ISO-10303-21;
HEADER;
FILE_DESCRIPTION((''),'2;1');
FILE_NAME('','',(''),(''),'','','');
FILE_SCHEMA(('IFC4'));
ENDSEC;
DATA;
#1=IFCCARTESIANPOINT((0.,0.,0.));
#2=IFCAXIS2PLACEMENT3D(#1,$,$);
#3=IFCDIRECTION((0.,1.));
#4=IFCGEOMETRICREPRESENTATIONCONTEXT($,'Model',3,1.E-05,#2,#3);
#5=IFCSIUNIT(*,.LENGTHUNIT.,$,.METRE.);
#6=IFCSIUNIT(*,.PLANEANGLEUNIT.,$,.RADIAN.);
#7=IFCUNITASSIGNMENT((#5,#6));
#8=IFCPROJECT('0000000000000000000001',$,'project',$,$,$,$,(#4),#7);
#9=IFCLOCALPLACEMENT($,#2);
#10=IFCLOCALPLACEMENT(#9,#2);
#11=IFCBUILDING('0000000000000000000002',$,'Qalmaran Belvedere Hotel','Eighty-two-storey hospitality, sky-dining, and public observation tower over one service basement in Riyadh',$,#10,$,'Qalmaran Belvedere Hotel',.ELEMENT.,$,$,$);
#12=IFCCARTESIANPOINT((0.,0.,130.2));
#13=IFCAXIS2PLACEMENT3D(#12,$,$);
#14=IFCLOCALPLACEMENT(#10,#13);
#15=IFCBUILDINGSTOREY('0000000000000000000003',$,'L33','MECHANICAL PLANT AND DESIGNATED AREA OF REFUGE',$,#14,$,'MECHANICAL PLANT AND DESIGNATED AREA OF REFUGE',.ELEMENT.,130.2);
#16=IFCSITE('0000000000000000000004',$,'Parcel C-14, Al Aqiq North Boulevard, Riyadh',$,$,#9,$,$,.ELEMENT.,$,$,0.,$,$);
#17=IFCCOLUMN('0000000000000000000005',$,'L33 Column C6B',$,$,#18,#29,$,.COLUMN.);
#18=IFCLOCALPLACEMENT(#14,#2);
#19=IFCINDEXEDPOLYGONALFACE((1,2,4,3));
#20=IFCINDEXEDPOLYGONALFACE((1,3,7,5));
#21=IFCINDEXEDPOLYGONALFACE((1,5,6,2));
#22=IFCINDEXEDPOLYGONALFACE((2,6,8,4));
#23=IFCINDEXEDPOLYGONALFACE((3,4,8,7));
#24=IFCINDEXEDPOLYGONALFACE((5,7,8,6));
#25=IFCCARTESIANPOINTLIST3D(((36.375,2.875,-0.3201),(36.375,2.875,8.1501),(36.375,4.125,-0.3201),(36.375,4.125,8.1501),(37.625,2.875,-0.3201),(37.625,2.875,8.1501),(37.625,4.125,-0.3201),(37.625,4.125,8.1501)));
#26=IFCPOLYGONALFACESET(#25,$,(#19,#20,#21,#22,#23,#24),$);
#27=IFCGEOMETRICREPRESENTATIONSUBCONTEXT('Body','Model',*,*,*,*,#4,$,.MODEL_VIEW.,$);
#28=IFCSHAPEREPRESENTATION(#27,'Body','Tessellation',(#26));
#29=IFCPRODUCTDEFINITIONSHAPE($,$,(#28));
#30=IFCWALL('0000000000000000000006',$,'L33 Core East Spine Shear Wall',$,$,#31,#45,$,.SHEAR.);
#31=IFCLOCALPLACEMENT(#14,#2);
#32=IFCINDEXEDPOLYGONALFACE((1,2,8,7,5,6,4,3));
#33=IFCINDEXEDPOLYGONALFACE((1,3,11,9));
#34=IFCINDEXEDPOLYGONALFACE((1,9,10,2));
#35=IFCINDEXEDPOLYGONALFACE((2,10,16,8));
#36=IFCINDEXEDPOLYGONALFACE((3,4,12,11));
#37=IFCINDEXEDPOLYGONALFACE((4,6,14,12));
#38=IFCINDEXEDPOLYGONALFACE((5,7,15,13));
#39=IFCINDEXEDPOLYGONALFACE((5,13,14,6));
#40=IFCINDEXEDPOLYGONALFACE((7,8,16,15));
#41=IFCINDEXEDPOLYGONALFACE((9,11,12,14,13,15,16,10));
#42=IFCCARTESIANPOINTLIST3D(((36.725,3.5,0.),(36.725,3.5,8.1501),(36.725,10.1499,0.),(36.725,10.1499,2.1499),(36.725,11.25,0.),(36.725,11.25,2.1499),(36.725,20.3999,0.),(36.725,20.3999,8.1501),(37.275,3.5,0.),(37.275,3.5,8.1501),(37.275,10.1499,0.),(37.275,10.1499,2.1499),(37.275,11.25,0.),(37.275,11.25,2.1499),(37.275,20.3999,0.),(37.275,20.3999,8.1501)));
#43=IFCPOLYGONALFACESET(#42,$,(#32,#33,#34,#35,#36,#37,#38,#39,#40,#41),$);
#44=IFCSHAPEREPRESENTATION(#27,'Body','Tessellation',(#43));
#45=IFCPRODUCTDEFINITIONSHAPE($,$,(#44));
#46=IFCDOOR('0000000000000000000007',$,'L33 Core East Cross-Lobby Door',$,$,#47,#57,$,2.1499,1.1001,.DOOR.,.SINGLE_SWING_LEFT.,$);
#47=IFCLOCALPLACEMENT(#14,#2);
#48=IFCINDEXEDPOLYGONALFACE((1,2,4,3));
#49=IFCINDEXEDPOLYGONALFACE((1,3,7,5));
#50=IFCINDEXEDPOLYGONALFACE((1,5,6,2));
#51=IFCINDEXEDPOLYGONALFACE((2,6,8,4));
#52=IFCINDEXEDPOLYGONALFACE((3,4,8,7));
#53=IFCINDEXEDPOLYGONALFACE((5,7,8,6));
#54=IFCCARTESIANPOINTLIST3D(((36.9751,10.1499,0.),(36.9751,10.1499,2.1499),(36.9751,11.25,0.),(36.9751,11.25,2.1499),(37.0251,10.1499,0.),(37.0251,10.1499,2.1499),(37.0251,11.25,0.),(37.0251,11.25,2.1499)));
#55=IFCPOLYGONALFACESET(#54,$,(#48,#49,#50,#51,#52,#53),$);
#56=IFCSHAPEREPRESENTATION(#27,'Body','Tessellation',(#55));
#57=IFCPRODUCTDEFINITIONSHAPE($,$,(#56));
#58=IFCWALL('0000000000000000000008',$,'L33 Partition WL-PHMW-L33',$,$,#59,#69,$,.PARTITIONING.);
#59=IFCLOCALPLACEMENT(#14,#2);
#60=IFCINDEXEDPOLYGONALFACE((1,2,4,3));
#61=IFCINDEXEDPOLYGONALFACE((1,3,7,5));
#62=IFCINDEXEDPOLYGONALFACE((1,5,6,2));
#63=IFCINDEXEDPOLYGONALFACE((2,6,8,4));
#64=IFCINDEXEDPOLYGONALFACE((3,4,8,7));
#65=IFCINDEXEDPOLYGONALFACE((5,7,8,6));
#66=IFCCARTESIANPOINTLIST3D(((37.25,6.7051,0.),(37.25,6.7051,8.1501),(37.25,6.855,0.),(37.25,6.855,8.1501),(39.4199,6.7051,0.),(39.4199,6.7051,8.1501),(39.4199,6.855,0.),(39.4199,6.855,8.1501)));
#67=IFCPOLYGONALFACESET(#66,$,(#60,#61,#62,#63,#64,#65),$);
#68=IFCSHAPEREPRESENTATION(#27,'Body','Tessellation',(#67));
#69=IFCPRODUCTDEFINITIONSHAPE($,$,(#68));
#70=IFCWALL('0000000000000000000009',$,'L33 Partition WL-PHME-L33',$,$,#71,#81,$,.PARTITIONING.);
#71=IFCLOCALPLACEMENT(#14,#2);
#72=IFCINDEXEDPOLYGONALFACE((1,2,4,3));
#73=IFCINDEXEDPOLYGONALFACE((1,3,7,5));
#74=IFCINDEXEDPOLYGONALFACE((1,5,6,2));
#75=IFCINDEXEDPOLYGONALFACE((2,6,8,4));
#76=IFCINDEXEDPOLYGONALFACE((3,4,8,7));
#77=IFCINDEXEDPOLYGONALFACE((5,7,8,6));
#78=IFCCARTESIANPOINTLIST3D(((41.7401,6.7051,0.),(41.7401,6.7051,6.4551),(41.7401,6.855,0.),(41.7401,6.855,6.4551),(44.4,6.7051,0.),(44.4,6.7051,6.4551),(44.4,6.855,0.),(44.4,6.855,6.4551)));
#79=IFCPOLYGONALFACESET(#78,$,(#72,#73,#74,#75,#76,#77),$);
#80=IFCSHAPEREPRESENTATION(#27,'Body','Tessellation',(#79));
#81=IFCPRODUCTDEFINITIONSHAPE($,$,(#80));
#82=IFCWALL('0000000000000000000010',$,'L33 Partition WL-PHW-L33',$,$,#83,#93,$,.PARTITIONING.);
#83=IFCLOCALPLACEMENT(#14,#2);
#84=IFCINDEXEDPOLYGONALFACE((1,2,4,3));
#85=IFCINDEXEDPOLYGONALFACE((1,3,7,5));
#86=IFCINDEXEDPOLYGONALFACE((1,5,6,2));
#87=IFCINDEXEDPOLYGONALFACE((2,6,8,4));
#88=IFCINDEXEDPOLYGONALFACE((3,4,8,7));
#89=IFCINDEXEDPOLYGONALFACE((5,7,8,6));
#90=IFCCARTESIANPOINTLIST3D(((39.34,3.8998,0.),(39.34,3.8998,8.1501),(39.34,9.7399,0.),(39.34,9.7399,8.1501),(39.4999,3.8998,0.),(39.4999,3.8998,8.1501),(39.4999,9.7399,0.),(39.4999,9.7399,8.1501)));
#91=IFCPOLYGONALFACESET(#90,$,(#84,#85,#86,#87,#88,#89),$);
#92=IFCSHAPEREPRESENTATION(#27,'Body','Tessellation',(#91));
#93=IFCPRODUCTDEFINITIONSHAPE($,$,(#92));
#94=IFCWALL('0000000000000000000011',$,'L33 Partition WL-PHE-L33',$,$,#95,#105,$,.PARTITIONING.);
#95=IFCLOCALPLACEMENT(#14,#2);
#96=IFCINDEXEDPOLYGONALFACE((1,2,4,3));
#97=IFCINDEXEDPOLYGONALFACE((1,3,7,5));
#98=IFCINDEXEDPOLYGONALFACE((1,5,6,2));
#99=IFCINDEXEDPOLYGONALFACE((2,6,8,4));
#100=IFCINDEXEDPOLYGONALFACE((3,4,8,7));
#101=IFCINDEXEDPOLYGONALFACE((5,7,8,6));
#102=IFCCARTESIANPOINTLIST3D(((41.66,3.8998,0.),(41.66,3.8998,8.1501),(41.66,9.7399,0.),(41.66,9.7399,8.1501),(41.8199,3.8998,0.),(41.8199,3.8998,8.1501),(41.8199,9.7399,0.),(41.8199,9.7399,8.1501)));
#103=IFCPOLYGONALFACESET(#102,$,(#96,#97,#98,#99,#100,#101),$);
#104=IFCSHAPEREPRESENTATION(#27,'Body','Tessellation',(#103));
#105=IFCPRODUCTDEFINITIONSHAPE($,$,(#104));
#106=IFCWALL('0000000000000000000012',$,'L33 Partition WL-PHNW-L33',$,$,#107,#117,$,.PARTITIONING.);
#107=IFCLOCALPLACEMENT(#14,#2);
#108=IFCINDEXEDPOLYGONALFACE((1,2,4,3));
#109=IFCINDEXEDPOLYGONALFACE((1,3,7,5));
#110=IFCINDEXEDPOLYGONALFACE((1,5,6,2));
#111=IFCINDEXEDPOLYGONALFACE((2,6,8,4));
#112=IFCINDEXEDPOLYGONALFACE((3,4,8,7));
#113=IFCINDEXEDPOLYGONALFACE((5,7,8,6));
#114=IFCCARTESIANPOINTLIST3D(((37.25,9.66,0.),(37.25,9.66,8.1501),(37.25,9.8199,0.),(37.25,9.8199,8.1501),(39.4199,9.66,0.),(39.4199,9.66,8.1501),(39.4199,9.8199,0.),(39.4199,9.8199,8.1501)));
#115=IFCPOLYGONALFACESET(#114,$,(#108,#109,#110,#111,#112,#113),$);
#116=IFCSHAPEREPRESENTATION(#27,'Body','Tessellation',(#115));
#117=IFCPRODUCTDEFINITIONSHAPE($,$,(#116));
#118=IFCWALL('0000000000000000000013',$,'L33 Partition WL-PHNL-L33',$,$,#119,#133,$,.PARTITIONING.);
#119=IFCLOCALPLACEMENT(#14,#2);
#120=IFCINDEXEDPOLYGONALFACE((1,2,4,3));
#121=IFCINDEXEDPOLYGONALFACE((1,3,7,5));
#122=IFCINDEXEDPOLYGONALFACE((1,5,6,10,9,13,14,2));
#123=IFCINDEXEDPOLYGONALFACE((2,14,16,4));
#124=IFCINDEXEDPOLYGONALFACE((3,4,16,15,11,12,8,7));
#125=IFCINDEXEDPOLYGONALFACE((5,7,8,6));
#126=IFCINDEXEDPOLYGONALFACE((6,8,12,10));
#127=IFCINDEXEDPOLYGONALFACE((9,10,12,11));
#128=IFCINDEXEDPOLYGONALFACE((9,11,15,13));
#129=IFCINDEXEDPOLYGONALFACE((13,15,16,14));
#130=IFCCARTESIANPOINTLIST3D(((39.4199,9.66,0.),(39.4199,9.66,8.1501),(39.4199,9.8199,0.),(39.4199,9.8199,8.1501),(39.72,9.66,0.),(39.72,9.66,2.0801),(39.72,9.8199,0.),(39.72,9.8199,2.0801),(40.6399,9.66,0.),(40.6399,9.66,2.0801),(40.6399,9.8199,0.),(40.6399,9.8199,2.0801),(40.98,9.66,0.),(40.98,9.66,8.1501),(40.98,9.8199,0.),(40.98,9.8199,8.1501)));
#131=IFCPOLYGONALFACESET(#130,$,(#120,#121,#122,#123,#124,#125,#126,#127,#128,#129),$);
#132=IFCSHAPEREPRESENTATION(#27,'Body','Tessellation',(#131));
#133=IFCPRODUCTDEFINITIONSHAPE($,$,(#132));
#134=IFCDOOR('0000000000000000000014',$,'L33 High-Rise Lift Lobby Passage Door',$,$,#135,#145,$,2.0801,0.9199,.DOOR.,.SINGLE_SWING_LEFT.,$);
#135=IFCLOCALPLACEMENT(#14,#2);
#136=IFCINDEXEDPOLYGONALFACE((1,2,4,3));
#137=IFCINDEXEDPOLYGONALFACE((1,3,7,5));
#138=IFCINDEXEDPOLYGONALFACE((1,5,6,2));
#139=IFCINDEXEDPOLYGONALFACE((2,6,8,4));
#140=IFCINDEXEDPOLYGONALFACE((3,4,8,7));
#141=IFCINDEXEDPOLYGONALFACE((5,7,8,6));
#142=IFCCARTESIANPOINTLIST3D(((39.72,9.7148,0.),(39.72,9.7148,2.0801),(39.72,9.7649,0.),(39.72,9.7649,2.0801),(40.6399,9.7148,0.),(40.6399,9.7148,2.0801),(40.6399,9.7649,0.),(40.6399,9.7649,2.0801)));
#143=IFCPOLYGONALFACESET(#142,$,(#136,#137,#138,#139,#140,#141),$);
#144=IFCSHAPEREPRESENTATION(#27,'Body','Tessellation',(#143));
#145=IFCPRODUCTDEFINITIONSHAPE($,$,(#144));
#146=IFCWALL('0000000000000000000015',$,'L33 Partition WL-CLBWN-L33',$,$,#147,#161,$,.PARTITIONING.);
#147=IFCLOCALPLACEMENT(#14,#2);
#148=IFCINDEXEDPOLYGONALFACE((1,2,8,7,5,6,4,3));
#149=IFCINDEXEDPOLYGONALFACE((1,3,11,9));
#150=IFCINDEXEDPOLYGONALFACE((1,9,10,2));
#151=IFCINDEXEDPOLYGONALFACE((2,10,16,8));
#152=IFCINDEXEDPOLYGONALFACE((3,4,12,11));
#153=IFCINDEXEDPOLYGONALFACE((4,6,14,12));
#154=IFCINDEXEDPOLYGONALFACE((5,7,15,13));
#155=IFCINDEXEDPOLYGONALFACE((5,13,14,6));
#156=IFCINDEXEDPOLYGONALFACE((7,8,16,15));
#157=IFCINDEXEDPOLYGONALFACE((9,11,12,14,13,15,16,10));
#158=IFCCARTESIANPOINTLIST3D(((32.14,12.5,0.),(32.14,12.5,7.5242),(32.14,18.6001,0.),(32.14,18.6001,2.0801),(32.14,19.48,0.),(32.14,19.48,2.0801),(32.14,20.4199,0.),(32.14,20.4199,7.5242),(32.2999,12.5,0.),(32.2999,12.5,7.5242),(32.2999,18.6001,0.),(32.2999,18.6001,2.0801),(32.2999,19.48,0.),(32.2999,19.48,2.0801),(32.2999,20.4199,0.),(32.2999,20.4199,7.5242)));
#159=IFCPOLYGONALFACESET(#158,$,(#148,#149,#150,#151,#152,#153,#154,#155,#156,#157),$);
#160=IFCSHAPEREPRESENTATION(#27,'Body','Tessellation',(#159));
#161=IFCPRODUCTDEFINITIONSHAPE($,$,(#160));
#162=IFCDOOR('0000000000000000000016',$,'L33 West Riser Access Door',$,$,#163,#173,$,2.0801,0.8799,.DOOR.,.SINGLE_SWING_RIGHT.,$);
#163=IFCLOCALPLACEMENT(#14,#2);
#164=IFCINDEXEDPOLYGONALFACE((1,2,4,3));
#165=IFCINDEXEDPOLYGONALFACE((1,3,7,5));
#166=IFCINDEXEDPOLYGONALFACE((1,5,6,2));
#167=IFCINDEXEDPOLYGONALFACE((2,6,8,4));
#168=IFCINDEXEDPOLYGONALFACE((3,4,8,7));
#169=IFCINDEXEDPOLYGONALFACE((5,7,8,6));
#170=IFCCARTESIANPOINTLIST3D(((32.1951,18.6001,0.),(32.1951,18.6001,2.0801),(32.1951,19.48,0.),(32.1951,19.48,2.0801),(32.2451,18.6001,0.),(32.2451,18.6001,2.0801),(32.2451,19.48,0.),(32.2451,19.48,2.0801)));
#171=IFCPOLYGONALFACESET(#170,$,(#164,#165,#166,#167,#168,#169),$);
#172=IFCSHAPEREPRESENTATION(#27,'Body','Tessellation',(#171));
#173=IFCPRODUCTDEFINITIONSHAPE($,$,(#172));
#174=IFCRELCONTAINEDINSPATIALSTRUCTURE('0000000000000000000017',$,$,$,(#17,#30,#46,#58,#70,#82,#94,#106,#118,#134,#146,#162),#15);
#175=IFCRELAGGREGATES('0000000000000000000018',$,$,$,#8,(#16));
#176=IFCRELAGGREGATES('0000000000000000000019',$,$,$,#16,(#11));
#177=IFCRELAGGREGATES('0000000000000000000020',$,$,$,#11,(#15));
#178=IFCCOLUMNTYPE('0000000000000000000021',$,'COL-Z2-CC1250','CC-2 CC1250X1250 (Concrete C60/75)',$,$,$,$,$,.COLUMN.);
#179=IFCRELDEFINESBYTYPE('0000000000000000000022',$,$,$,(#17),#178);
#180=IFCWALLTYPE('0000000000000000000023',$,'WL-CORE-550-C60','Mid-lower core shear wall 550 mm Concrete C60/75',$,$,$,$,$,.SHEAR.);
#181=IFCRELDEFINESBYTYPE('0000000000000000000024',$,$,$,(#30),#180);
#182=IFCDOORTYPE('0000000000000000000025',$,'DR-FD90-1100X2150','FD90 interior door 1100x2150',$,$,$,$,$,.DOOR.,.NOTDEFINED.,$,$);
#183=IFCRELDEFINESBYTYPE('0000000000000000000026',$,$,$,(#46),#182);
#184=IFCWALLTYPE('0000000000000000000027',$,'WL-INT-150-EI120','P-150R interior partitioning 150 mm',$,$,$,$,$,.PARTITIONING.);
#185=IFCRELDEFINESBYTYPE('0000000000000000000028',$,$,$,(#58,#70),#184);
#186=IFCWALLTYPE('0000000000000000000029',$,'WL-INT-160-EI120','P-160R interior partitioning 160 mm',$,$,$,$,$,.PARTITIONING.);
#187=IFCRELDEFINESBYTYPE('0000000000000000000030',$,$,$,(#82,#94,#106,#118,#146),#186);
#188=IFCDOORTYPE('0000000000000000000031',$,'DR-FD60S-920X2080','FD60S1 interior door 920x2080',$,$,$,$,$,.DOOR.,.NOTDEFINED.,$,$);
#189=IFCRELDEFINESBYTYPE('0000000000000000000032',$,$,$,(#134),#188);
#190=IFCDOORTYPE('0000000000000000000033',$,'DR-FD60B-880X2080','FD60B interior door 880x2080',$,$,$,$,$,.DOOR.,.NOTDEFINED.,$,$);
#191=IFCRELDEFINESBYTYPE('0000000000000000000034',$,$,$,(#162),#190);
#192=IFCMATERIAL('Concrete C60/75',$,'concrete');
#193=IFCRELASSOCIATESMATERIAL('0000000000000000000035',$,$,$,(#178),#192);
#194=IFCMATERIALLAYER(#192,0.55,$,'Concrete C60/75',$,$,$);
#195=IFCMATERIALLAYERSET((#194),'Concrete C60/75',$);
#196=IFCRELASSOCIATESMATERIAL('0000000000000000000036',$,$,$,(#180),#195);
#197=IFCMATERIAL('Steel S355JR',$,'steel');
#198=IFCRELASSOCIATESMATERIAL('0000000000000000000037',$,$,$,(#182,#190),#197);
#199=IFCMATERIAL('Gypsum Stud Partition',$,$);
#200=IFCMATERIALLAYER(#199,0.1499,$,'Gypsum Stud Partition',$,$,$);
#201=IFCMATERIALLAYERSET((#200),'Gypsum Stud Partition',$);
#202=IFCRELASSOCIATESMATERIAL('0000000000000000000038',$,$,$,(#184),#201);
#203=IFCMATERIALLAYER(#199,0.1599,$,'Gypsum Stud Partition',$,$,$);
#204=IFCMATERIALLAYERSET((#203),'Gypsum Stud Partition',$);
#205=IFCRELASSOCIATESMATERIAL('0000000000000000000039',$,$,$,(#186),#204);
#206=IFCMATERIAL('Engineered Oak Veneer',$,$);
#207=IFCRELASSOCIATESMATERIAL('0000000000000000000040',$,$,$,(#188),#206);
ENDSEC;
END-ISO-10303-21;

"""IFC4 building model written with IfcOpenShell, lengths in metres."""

from ifc_helpers import new_model, si_unit, direction, frame, frame_2d, origin, origin_2d, place, context, subcontext, project, spatial, rectangle, extrude, material, layer, layer_set, material_profile, profile_set, type_object, element, fill, save


model = new_model("IFC4")

# Units and contexts
model_context = context("Model", 3, precision=1e-05, world=origin(), true_north=direction((0.0, 1.0)))
body_context = subcontext(model_context, "Body", "Model", "MODEL_VIEW")
ifc_project = project(units=[si_unit("LENGTHUNIT", "METRE"), si_unit("PLANEANGLEUNIT", "RADIAN")], contexts=[model_context])

# Site, building, storey
site_placement = place(None, origin())
site = spatial("IfcSite", under=ifc_project, at=site_placement, Name="Parcel C-14, Al Aqiq North Boulevard, Riyadh", CompositionType="ELEMENT", RefElevation=0.0)
building_placement = place(site_placement, origin())
building = spatial("IfcBuilding", under=site, at=building_placement, Name="Qalmaran Belvedere Hotel", Description="Eighty-two-storey hospitality, sky-dining, and public observation tower over one service basement in Riyadh", LongName="Qalmaran Belvedere Hotel", CompositionType="ELEMENT")
storey_placement = place(building_placement, frame((0.0, 0.0, 130.2)))
storey = spatial("IfcBuildingStorey", under=building, at=storey_placement, Name="L33", Description="MECHANICAL PLANT AND DESIGNATED AREA OF REFUGE", LongName="MECHANICAL PLANT AND DESIGNATED AREA OF REFUGE", CompositionType="ELEMENT", Elevation=130.2)

# Column
ifc_material_1 = material(Name="Concrete C60/75", Category="concrete")
ifc_material_profile = material_profile(ifc_material_1, rectangle(XDim=1.25, YDim=1.25, at=origin_2d()), Name="CC1250X1250")
ifc_profile_set = profile_set([ifc_material_profile], Name="Concrete C60/75")
column_type = type_object("IfcColumnType", Name="COL-Z2-CC1250", Description="CC-2 CC1250X1250 (Concrete C60/75)", PredefinedType="COLUMN", material=ifc_profile_set)
column_placement = place(storey_placement, frame((37.0, 3.5, -0.3201), z_axis=(0.0, 0.0, 1.0), x_axis=(1.0, 0.0, 0.0)))
element("IfcColumn", 1, at=column_placement, inside=storey, type_object=column_type, Name="L33 Column C6B", PredefinedType="COLUMN", context=body_context, shape_type="SweptSolid", body=[
    extrude(rectangle(XDim=1.25, YDim=1.25, at=origin_2d()), origin(), (0.0, 0.0, 1.0), 8.4702),
])

# Wall, opening, door
ifc_layer_1 = layer(ifc_material_1, 0.55, Name="Concrete C60/75")
ifc_layer_set_1 = layer_set([ifc_layer_1], Name="Concrete C60/75")
wall_type_1 = type_object("IfcWallType", Name="WL-CORE-550-C60", Description="Mid-lower core shear wall 550 mm Concrete C60/75", PredefinedType="SHEAR", material=ifc_layer_set_1)
wall_1_placement = place(storey_placement, frame((37.0, 3.5, 0.0), z_axis=(0.0, 0.0, 1.0), x_axis=(0.0, 1.0, 0.0)))
wall_1 = element("IfcWall", 2, at=wall_1_placement, inside=storey, type_object=wall_type_1, Name="L33 Core East Spine Shear Wall", PredefinedType="SHEAR", context=body_context, shape_type="SweptSolid", body=[
    extrude(rectangle(XDim=16.8999, YDim=0.55, at=frame_2d((8.45, 0.0))), origin(), (0.0, 0.0, 1.0), 8.1501),
])
opening_1_placement = place(wall_1_placement, frame((6.6499, 0.0, 0.0)))
opening_1 = element("IfcOpeningElement", 3, at=opening_1_placement, cuts=wall_1, PredefinedType="OPENING", context=body_context, shape_type="SweptSolid", body=[
    extrude(rectangle(XDim=1.1001, YDim=2.1499, at=frame_2d((0.55, 1.075))), frame((0.0, 0.2852, 0.0), z_axis=(0.0, -1.0, 0.0), x_axis=(1.0, 0.0, 0.0)), (0.0, 0.0, 1.0), 0.5701),
])
ifc_material_2 = material(Name="Steel S355JR", Category="steel")
door_type_1 = type_object("IfcDoorType", Name="DR-FD90-1100X2150", Description="FD90 interior door 1100x2150", OperationType="NOTDEFINED", PredefinedType="DOOR", material=ifc_material_2)
door_1_placement = place(opening_1_placement, origin())
door_1 = element("IfcDoor", 4, at=door_1_placement, inside=storey, type_object=door_type_1, Name="L33 Core East Cross-Lobby Door", OperationType="SINGLE_SWING_LEFT", OverallHeight=2.1499, OverallWidth=1.1001, PredefinedType="DOOR", context=body_context, shape_type="SweptSolid", body=[
    extrude(rectangle(XDim=1.1001, YDim=2.1499, at=frame_2d((0.55, 1.075))), frame((0.0, 0.0249, 0.0), z_axis=(0.0, -1.0, 0.0), x_axis=(1.0, 0.0, 0.0)), (0.0, 0.0, 1.0), 0.05),
])
fill(opening_1, door_1)

# Walls
ifc_material_3 = material(Name="Gypsum Stud Partition")
ifc_layer_2 = layer(ifc_material_3, 0.1499, Name="Gypsum Stud Partition")
ifc_layer_set_2 = layer_set([ifc_layer_2], Name="Gypsum Stud Partition")
wall_type_2 = type_object("IfcWallType", Name="WL-INT-150-EI120", Description="P-150R interior partitioning 150 mm", PredefinedType="PARTITIONING", material=ifc_layer_set_2)
wall_2_placement = place(storey_placement, frame((37.25, 6.78, 0.0), z_axis=(0.0, 0.0, 1.0), x_axis=(1.0, 0.0, 0.0)))
element("IfcWall", 5, at=wall_2_placement, inside=storey, type_object=wall_type_2, Name="L33 Partition WL-PHMW-L33", PredefinedType="PARTITIONING", context=body_context, shape_type="SweptSolid", body=[
    extrude(rectangle(XDim=2.1699, YDim=0.1499, at=frame_2d((1.085, 0.0))), origin(), (0.0, 0.0, 1.0), 8.1501),
])
wall_3_placement = place(storey_placement, frame((41.74, 6.78, 0.0), z_axis=(0.0, 0.0, 1.0), x_axis=(1.0, 0.0, 0.0)))
element("IfcWall", 6, at=wall_3_placement, inside=storey, type_object=wall_type_2, Name="L33 Partition WL-PHME-L33", PredefinedType="PARTITIONING", context=body_context, shape_type="SweptSolid", body=[
    extrude(rectangle(XDim=2.6599, YDim=0.1499, at=frame_2d((1.3301, 0.0))), origin(), (0.0, 0.0, 1.0), 6.4551),
])
ifc_layer_3 = layer(ifc_material_3, 0.1599, Name="Gypsum Stud Partition")
ifc_layer_set_3 = layer_set([ifc_layer_3], Name="Gypsum Stud Partition")
wall_type_3 = type_object("IfcWallType", Name="WL-INT-160-EI120", Description="P-160R interior partitioning 160 mm", PredefinedType="PARTITIONING", material=ifc_layer_set_3)
for number, where, z_axis, x_axis, name in (
    (7, (39.4199, 3.8999, 0.0), (0.0, 0.0, 1.0), (0.0, 1.0, 0.0), "L33 Partition WL-PHW-L33"),
    (8, (41.74, 3.8999, 0.0), (0.0, 0.0, 1.0), (0.0, 1.0, 0.0), "L33 Partition WL-PHE-L33"),
):
    element("IfcWall", number, at=place(storey_placement, frame(where, z_axis=z_axis, x_axis=x_axis)), inside=storey, type_object=wall_type_3, Name=name, PredefinedType="PARTITIONING", context=body_context, shape_type="SweptSolid", body=[
        extrude(rectangle(XDim=5.8401, YDim=0.1599, at=frame_2d((2.9199, 0.0))), origin(), (0.0, 0.0, 1.0), 8.1501),
    ])
wall_4_placement = place(storey_placement, frame((37.25, 9.74, 0.0), z_axis=(0.0, 0.0, 1.0), x_axis=(1.0, 0.0, 0.0)))
element("IfcWall", 9, at=wall_4_placement, inside=storey, type_object=wall_type_3, Name="L33 Partition WL-PHNW-L33", PredefinedType="PARTITIONING", context=body_context, shape_type="SweptSolid", body=[
    extrude(rectangle(XDim=2.1699, YDim=0.1599, at=frame_2d((1.085, 0.0))), origin(), (0.0, 0.0, 1.0), 8.1501),
])

# Walls, openings, doors
wall_5_placement = place(storey_placement, frame((39.4199, 9.74, 0.0), z_axis=(0.0, 0.0, 1.0), x_axis=(1.0, 0.0, 0.0)))
wall_5 = element("IfcWall", 10, at=wall_5_placement, inside=storey, type_object=wall_type_3, Name="L33 Partition WL-PHNL-L33", PredefinedType="PARTITIONING", context=body_context, shape_type="SweptSolid", body=[
    extrude(rectangle(XDim=1.5601, YDim=0.1599, at=frame_2d((0.78, 0.0))), origin(), (0.0, 0.0, 1.0), 8.1501),
])
opening_2_placement = place(wall_5_placement, frame((0.3, 0.0, 0.0)))
opening_2 = element("IfcOpeningElement", 11, at=opening_2_placement, cuts=wall_5, PredefinedType="OPENING", context=body_context, shape_type="SweptSolid", body=[
    extrude(rectangle(XDim=0.9199, YDim=2.0801, at=frame_2d((0.46, 1.04))), frame((0.0, 0.0898, 0.0), z_axis=(0.0, -1.0, 0.0), x_axis=(1.0, 0.0, 0.0)), (0.0, 0.0, 1.0), 0.1799),
])
ifc_material_4 = material(Name="Engineered Oak Veneer")
door_type_2 = type_object("IfcDoorType", Name="DR-FD60S-920X2080", Description="FD60S1 interior door 920x2080", OperationType="NOTDEFINED", PredefinedType="DOOR", material=ifc_material_4)
door_2_placement = place(opening_2_placement, origin())
door_2 = element("IfcDoor", 12, at=door_2_placement, inside=storey, type_object=door_type_2, Name="L33 High-Rise Lift Lobby Passage Door", OperationType="SINGLE_SWING_LEFT", OverallHeight=2.0801, OverallWidth=0.9199, PredefinedType="DOOR", context=body_context, shape_type="SweptSolid", body=[
    extrude(rectangle(XDim=0.9199, YDim=2.0801, at=frame_2d((0.46, 1.04))), frame((0.0, 0.0249, 0.0), z_axis=(0.0, -1.0, 0.0), x_axis=(1.0, 0.0, 0.0)), (0.0, 0.0, 1.0), 0.05),
])
fill(opening_2, door_2)
wall_6_placement = place(storey_placement, frame((32.22, 12.5, 0.0), z_axis=(0.0, 0.0, 1.0), x_axis=(0.0, 1.0, 0.0)))
wall_6 = element("IfcWall", 13, at=wall_6_placement, inside=storey, type_object=wall_type_3, Name="L33 Partition WL-CLBWN-L33", PredefinedType="PARTITIONING", context=body_context, shape_type="SweptSolid", body=[
    extrude(rectangle(XDim=7.9199, YDim=0.1599, at=frame_2d((3.96, 0.0))), origin(), (0.0, 0.0, 1.0), 7.5242),
])
opening_3_placement = place(wall_6_placement, frame((6.1001, 0.0, 0.0)))
opening_3 = element("IfcOpeningElement", 14, at=opening_3_placement, cuts=wall_6, PredefinedType="OPENING", context=body_context, shape_type="SweptSolid", body=[
    extrude(rectangle(XDim=0.8799, YDim=2.0801, at=frame_2d((0.4399, 1.04))), frame((0.0, 0.0898, 0.0), z_axis=(0.0, -1.0, 0.0), x_axis=(1.0, 0.0, 0.0)), (0.0, 0.0, 1.0), 0.1799),
])
door_type_3 = type_object("IfcDoorType", Name="DR-FD60B-880X2080", Description="FD60B interior door 880x2080", OperationType="NOTDEFINED", PredefinedType="DOOR", material=ifc_material_2)
door_3_placement = place(opening_3_placement, origin())
door_3 = element("IfcDoor", 15, at=door_3_placement, inside=storey, type_object=door_type_3, Name="L33 West Riser Access Door", OperationType="SINGLE_SWING_RIGHT", OverallHeight=2.0801, OverallWidth=0.8799, PredefinedType="DOOR", context=body_context, shape_type="SweptSolid", body=[
    extrude(rectangle(XDim=0.8799, YDim=2.0801, at=frame_2d((0.4399, 1.04))), frame((0.0, 0.0249, 0.0), z_axis=(0.0, -1.0, 0.0), x_axis=(1.0, 0.0, 0.0)), (0.0, 0.0, 1.0), 0.05),
])
fill(opening_3, door_3)

save(model, "model.ifc")
